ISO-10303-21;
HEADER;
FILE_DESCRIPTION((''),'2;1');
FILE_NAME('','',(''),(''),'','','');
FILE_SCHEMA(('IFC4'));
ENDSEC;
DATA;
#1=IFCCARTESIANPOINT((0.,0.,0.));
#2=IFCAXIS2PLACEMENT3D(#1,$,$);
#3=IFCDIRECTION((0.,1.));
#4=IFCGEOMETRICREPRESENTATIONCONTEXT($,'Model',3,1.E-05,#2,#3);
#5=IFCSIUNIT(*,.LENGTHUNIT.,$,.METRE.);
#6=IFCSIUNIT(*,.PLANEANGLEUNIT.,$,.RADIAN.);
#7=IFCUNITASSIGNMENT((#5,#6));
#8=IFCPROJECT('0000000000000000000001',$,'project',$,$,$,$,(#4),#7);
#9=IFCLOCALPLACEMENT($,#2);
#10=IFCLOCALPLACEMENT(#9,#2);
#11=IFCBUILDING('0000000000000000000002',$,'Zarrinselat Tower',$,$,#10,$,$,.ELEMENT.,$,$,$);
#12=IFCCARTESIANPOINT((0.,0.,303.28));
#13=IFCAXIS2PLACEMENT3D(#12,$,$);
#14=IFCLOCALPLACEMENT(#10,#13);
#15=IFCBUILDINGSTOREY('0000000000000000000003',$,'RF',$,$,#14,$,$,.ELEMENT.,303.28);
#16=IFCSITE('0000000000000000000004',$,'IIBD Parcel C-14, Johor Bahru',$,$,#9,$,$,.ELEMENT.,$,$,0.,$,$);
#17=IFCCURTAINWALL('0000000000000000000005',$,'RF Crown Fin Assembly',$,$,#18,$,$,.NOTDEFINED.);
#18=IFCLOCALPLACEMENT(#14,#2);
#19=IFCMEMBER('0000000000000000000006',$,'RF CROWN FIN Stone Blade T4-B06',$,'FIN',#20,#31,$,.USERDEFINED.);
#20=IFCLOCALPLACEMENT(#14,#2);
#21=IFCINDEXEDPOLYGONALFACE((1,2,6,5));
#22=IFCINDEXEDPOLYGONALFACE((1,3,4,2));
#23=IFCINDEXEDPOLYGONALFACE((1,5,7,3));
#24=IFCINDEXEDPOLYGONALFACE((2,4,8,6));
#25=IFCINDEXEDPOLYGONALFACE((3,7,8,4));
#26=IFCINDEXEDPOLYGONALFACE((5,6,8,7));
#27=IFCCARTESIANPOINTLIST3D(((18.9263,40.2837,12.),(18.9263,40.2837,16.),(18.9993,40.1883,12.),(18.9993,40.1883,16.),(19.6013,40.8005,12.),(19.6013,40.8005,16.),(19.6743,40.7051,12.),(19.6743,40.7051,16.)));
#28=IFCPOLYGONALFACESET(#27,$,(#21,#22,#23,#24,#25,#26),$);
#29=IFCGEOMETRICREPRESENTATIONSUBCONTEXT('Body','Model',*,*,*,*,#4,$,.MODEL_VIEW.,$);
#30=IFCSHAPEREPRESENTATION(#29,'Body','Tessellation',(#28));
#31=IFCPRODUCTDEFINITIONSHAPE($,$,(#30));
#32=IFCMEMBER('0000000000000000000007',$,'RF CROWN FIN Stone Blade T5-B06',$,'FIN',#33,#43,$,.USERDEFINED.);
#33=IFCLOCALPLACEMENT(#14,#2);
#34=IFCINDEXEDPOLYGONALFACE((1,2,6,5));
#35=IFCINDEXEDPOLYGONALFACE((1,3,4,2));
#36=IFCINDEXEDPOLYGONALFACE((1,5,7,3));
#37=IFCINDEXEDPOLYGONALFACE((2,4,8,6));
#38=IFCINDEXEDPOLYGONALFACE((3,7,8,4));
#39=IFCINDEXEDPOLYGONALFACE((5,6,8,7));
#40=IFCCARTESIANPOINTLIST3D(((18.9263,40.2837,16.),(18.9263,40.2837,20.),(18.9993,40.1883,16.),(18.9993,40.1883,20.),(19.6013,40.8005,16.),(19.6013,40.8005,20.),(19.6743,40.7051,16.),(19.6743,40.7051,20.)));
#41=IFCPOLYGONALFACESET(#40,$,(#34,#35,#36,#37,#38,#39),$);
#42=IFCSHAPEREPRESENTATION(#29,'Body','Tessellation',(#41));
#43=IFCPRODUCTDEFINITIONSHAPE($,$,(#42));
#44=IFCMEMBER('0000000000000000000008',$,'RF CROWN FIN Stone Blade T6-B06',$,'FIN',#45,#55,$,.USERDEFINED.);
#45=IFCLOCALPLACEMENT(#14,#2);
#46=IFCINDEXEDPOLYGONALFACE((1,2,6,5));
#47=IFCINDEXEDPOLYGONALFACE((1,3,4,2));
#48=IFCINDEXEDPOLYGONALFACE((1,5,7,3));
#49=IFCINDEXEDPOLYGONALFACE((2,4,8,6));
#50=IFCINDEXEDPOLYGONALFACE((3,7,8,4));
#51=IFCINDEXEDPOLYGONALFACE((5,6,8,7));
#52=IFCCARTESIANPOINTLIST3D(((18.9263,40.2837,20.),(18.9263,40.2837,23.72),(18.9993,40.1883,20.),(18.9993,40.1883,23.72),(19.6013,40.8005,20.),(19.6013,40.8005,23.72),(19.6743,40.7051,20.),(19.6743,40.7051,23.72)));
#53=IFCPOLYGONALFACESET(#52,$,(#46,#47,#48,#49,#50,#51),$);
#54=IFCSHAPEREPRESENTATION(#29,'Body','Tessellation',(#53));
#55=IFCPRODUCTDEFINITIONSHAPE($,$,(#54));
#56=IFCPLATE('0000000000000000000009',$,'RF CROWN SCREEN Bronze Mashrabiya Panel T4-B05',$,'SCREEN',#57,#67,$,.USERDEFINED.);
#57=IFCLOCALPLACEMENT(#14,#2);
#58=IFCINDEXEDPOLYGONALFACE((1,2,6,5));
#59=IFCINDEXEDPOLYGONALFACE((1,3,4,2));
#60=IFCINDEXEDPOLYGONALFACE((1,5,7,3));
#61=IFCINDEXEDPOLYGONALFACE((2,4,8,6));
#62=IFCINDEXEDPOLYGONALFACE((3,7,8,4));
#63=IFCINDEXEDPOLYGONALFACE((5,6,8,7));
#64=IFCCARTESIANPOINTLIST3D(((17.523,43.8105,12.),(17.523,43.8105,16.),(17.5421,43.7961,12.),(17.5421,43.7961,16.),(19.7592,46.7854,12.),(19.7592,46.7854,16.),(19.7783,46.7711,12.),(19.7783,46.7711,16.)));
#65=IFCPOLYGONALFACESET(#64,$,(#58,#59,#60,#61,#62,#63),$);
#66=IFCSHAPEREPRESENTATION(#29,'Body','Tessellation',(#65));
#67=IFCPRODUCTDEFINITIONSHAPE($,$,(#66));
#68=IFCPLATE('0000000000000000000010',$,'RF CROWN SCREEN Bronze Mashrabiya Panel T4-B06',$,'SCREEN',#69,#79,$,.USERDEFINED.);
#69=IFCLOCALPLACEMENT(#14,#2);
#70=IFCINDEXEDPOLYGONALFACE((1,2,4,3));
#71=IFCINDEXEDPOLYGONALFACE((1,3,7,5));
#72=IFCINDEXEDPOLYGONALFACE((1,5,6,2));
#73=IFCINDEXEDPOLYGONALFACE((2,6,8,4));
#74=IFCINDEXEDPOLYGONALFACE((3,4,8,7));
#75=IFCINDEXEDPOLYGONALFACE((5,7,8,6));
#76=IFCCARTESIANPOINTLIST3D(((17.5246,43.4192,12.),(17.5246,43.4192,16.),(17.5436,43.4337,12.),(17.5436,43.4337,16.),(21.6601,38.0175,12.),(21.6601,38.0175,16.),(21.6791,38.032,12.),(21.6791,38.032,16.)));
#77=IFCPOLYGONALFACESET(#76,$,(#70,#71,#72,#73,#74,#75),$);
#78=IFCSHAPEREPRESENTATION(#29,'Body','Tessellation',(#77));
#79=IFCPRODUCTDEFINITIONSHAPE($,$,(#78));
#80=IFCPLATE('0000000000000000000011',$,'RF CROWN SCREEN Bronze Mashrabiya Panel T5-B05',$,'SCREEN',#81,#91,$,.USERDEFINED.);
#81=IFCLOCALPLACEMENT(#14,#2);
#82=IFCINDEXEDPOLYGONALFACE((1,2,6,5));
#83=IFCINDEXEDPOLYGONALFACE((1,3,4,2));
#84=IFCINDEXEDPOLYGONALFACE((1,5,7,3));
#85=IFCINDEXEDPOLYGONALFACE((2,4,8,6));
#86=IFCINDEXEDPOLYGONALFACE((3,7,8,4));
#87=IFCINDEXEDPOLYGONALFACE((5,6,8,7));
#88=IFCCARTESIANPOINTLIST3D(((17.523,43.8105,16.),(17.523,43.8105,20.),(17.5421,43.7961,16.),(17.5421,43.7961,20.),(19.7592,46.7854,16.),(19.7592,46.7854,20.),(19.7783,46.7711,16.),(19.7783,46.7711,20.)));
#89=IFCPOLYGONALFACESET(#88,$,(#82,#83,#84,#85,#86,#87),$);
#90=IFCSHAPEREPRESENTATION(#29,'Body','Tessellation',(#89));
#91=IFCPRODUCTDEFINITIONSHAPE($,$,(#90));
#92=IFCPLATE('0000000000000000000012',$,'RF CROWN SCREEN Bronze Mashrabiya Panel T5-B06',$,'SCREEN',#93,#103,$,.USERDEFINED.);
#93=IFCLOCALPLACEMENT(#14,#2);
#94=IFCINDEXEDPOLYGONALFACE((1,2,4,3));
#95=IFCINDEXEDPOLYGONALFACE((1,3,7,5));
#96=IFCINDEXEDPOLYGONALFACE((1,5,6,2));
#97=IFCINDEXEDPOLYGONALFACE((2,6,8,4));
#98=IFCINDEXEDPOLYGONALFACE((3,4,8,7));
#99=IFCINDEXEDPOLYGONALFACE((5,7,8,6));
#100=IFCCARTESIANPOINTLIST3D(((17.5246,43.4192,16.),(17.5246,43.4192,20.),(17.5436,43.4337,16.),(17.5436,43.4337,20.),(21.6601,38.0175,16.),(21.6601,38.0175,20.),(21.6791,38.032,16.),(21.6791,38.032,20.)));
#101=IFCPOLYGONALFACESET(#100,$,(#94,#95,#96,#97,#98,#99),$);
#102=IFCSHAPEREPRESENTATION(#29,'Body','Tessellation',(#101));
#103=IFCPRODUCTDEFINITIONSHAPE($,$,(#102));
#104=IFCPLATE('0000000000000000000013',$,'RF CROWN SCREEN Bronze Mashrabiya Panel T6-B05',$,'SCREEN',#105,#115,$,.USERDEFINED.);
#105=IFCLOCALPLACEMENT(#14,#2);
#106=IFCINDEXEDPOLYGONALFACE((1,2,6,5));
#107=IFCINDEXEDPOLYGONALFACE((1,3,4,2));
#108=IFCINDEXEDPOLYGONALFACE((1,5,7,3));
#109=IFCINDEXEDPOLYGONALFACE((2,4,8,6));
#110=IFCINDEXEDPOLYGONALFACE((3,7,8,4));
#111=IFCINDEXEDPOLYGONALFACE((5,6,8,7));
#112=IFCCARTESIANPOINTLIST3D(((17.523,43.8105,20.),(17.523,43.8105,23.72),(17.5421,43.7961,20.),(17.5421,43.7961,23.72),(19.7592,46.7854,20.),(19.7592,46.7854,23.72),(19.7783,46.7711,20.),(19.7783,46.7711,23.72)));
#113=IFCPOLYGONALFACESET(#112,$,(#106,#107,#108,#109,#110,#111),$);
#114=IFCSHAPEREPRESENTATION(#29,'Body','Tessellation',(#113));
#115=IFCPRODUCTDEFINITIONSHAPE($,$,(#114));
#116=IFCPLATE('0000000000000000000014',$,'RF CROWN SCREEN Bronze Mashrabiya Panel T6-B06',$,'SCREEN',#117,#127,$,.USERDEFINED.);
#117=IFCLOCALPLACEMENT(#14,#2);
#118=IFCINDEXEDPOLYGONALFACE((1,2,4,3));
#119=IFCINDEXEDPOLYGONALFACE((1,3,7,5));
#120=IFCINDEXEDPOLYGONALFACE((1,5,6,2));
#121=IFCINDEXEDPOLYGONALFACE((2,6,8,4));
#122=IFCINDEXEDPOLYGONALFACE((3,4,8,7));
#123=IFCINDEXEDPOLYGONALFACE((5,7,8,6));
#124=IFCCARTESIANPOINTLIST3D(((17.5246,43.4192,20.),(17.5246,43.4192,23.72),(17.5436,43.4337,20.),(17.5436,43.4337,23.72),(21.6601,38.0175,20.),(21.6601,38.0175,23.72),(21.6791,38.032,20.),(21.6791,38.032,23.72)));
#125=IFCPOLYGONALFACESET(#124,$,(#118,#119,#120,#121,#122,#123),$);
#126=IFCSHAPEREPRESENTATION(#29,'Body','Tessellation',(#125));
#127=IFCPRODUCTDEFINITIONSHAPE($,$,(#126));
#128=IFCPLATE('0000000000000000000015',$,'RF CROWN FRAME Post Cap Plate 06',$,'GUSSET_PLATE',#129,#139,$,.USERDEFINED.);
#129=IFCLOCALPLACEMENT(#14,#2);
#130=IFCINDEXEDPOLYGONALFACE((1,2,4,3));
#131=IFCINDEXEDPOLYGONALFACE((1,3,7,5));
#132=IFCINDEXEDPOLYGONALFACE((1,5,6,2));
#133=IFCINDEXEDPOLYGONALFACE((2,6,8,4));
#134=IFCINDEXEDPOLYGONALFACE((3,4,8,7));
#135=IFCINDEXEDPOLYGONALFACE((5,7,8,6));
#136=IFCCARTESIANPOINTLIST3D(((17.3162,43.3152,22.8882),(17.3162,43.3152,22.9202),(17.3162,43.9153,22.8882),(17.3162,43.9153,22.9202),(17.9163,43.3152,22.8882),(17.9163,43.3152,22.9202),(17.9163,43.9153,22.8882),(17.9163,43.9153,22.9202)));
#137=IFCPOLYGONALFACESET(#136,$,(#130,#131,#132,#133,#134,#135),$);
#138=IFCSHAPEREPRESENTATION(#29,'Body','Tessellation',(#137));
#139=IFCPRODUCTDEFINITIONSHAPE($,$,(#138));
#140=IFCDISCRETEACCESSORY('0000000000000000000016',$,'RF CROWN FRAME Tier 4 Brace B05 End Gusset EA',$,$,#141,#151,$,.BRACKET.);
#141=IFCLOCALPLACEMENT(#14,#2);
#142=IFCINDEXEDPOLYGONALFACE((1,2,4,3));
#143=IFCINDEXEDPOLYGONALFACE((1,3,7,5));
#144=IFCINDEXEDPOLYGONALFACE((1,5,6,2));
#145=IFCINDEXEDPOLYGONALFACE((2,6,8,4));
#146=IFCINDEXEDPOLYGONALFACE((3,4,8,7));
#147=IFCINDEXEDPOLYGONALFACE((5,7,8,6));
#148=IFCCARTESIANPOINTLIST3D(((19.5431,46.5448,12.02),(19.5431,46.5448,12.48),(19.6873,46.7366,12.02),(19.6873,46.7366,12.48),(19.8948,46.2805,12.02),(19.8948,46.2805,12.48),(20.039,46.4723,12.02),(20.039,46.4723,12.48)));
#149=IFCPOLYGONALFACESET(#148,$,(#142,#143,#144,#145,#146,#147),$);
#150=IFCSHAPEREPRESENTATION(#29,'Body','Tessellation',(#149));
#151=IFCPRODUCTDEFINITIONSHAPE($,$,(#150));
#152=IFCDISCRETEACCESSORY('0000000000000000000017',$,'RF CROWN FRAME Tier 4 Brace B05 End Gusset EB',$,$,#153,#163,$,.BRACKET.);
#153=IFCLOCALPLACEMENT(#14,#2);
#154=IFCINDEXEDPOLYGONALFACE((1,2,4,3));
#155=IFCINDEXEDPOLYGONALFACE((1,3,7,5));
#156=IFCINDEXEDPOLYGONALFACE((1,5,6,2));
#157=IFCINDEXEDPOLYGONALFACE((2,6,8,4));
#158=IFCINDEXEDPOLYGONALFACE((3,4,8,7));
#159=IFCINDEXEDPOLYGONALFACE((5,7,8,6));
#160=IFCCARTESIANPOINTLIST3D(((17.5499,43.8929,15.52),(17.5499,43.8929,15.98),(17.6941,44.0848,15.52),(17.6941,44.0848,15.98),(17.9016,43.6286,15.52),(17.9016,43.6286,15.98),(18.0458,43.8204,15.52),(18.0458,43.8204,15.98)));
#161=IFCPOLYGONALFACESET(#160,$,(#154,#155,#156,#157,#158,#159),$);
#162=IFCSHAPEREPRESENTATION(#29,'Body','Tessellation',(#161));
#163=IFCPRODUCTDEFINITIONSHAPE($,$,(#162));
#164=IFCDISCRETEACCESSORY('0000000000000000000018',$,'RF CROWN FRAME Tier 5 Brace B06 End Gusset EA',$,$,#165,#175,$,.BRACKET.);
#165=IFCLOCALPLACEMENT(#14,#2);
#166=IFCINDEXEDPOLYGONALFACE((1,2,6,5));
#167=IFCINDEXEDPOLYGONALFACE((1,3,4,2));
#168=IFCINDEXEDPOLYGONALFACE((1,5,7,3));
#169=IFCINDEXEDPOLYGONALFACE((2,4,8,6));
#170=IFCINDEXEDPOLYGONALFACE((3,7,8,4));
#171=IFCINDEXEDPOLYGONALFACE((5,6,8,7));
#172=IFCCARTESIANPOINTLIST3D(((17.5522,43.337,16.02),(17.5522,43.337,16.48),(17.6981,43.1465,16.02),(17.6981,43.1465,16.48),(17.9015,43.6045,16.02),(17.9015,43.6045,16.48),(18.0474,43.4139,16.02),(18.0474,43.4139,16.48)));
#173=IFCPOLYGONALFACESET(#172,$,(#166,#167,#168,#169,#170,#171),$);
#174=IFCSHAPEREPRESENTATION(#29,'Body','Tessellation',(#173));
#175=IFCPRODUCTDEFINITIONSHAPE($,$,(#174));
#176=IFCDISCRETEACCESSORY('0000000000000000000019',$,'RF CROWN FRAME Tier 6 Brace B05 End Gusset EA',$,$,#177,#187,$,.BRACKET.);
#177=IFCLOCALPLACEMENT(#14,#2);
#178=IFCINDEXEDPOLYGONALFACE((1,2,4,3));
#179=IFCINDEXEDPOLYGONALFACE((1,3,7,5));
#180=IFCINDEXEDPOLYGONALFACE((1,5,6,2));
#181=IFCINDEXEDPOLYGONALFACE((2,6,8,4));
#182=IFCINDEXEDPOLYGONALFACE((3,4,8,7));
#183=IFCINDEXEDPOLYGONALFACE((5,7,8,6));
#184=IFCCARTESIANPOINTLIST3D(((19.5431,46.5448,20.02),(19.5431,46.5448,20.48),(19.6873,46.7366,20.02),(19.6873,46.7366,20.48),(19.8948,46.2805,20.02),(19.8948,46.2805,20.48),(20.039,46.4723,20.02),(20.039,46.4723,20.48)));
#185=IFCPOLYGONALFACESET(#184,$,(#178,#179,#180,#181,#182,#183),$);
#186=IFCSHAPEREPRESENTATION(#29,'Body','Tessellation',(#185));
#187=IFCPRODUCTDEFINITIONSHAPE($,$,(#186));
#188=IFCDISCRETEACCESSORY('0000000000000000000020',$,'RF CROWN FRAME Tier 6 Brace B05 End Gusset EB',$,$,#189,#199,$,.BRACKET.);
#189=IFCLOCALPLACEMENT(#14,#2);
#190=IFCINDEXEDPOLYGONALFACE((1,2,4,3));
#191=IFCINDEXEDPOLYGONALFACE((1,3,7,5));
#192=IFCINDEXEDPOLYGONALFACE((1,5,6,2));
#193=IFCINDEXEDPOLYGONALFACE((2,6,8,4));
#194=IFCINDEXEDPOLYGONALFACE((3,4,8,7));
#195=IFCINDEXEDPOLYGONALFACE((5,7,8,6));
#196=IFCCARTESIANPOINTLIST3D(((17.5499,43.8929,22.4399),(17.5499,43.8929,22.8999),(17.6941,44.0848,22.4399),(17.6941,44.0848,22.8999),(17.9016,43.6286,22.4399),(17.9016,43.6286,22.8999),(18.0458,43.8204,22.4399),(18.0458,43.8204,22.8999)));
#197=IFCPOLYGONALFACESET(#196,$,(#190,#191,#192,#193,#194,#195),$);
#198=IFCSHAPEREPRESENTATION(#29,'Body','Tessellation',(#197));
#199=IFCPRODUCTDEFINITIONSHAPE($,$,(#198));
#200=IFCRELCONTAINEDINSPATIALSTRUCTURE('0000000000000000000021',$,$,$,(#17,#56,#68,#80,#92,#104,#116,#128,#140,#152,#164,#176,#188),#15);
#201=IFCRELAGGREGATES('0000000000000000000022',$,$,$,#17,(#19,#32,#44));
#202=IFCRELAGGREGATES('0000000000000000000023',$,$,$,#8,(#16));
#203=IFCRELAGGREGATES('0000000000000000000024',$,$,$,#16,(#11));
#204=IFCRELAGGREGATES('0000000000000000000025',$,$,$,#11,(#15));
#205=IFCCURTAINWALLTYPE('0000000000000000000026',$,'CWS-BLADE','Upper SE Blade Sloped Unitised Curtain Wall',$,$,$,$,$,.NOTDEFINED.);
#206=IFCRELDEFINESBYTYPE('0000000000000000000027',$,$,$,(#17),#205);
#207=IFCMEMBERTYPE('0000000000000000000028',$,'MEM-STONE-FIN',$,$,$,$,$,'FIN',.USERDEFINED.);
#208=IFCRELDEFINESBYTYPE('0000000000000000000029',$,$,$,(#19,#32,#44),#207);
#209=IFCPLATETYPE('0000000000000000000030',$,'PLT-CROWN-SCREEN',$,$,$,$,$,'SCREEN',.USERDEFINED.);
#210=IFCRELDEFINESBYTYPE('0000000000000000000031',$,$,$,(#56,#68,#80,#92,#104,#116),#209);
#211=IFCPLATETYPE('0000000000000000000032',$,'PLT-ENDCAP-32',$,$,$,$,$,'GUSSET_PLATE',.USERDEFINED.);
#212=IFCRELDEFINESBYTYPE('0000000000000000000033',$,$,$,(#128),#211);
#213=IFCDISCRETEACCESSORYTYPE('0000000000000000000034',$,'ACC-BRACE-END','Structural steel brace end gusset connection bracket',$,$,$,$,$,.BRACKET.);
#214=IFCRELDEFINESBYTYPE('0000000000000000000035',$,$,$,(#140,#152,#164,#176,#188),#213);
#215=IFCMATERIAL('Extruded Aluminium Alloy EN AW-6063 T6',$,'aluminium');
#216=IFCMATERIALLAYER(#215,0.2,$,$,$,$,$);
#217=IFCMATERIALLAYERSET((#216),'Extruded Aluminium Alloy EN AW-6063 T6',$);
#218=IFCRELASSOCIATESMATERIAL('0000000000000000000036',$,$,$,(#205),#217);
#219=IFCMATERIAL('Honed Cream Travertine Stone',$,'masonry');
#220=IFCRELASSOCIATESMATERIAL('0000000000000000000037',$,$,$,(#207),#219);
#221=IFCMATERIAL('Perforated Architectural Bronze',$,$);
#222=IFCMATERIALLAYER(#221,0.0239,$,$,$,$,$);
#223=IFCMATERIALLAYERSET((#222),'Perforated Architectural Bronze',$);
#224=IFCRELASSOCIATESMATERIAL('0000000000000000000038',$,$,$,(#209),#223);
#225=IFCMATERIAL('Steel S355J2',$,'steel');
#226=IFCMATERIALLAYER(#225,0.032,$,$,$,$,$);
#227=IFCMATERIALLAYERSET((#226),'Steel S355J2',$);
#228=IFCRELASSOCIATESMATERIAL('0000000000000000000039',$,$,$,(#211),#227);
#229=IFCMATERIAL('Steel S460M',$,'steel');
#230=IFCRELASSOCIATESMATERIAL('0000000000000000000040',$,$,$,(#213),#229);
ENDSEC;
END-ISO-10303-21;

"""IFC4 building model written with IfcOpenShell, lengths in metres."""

from ifc_helpers import new_model, si_unit, direction, frame, origin, origin_2d, place, context, subcontext, project, spatial, rectangle, extrude, material, layer, layer_set, material_profile, profile_set, type_object, element, aggregate, save


model = new_model("IFC4")

# Units and contexts
model_context = context("Model", 3, precision=1e-05, world=origin(), true_north=direction((0.0, 1.0)))
body_context = subcontext(model_context, "Body", "Model", "MODEL_VIEW")
ifc_project = project(units=[si_unit("LENGTHUNIT", "METRE"), si_unit("PLANEANGLEUNIT", "RADIAN")], contexts=[model_context])

# Site, building, storey
site_placement = place(None, origin())
site = spatial("IfcSite", under=ifc_project, at=site_placement, Name="IIBD Parcel C-14, Johor Bahru", CompositionType="ELEMENT", RefElevation=0.0)
building_placement = place(site_placement, origin())
building = spatial("IfcBuilding", under=site, at=building_placement, Name="Zarrinselat Tower", CompositionType="ELEMENT")
storey_placement = place(building_placement, frame((0.0, 0.0, 303.28)))
storey = spatial("IfcBuildingStorey", under=building, at=storey_placement, Name="RF", CompositionType="ELEMENT", Elevation=303.28)

# Curtain wall, members
ifc_material_1 = material(Name="Extruded Aluminium Alloy EN AW-6063 T6", Category="aluminium")
ifc_layer_1 = layer(ifc_material_1, 0.2)
ifc_layer_set_1 = layer_set([ifc_layer_1], Name="Extruded Aluminium Alloy EN AW-6063 T6")
curtain_wall_type = type_object("IfcCurtainWallType", Name="CWS-BLADE", Description="Upper SE Blade Sloped Unitised Curtain Wall", PredefinedType="NOTDEFINED", material=ifc_layer_set_1)
curtain_wall_placement = place(storey_placement, origin())
curtain_wall = element("IfcCurtainWall", 1, at=curtain_wall_placement, inside=storey, type_object=curtain_wall_type, Name="RF Crown Fin Assembly", PredefinedType="NOTDEFINED")
ifc_material_2 = material(Name="Honed Cream Travertine Stone", Category="masonry")
ifc_material_profile_1 = material_profile(ifc_material_2, rectangle(XDim=0.1201, YDim=0.8501, at=origin_2d()), Name="FIN 850x120")
ifc_profile_set_1 = profile_set([ifc_material_profile_1], Name="Honed Cream Travertine Stone")
member_type_1 = type_object("IfcMemberType", Name="MEM-STONE-FIN", ElementType="FIN", PredefinedType="USERDEFINED", material=ifc_profile_set_1)
member_1_placement = place(storey_placement, frame((19.3003, 40.4944, 12.0), z_axis=(0.0, 0.0, 1.0), x_axis=(-0.607896, 0.794016, 0.0)))
member_1 = element("IfcMember", 2, at=member_1_placement, type_object=member_type_1, Name="RF CROWN FIN Stone Blade T4-B06", ObjectType="FIN", PredefinedType="USERDEFINED", context=body_context, shape_type="SweptSolid", body=[
    extrude(rectangle(XDim=0.1201, YDim=0.8501, at=origin_2d()), origin(), (0.0, 0.0, 1.0), 4.0),
])
member_2_placement = place(storey_placement, frame((19.3003, 40.4944, 16.0), z_axis=(0.0, 0.0, 1.0), x_axis=(-0.607896, 0.794016, 0.0)))
member_2 = element("IfcMember", 3, at=member_2_placement, type_object=member_type_1, Name="RF CROWN FIN Stone Blade T5-B06", ObjectType="FIN", PredefinedType="USERDEFINED", context=body_context, shape_type="SweptSolid", body=[
    extrude(rectangle(XDim=0.1201, YDim=0.8501, at=origin_2d()), origin(), (0.0, 0.0, 1.0), 4.0),
])
member_3_placement = place(storey_placement, frame((19.3003, 40.4944, 20.0), z_axis=(0.0, 0.0, 1.0), x_axis=(-0.607896, 0.794016, 0.0)))
member_3 = element("IfcMember", 4, at=member_3_placement, type_object=member_type_1, Name="RF CROWN FIN Stone Blade T6-B06", ObjectType="FIN", PredefinedType="USERDEFINED", context=body_context, shape_type="SweptSolid", body=[
    extrude(rectangle(XDim=0.1201, YDim=0.8501, at=origin_2d()), origin(), (0.0, 0.0, 1.0), 3.72),
])
aggregate(curtain_wall, [member_1, member_2, member_3])

# Plates
ifc_material_3 = material(Name="Perforated Architectural Bronze")
ifc_layer_2 = layer(ifc_material_3, 0.0239)
ifc_layer_set_2 = layer_set([ifc_layer_2], Name="Perforated Architectural Bronze")
plate_type_1 = type_object("IfcPlateType", Name="PLT-CROWN-SCREEN", ElementType="SCREEN", PredefinedType="USERDEFINED", material=ifc_layer_set_2)
plate_1_placement = place(storey_placement, frame((18.6506, 45.2908, 12.0), z_axis=(0.0, 0.0, 1.0), x_axis=(-0.600848, -0.799363, 0.0)))
element("IfcPlate", 5, at=plate_1_placement, inside=storey, type_object=plate_type_1, Name="RF CROWN SCREEN Bronze Mashrabiya Panel T4-B05", ObjectType="SCREEN", PredefinedType="USERDEFINED", context=body_context, shape_type="SweptSolid", body=[
    extrude(rectangle(XDim=3.7217, YDim=0.0239, at=origin_2d()), origin(), (0.0, 0.0, 1.0), 4.0),
])
plate_2_placement = place(storey_placement, frame((19.6018, 40.7256, 12.0), z_axis=(0.0, 0.0, 1.0), x_axis=(0.607896, -0.794016, 0.0)))
element("IfcPlate", 6, at=plate_2_placement, inside=storey, type_object=plate_type_1, Name="RF CROWN SCREEN Bronze Mashrabiya Panel T4-B06", ObjectType="SCREEN", PredefinedType="USERDEFINED", context=body_context, shape_type="SweptSolid", body=[
    extrude(rectangle(XDim=6.803, YDim=0.0239, at=origin_2d()), origin(), (0.0, 0.0, 1.0), 4.0),
])
plate_3_placement = place(storey_placement, frame((18.6506, 45.2908, 16.0), z_axis=(0.0, 0.0, 1.0), x_axis=(-0.600848, -0.799363, 0.0)))
element("IfcPlate", 7, at=plate_3_placement, inside=storey, type_object=plate_type_1, Name="RF CROWN SCREEN Bronze Mashrabiya Panel T5-B05", ObjectType="SCREEN", PredefinedType="USERDEFINED", context=body_context, shape_type="SweptSolid", body=[
    extrude(rectangle(XDim=3.7217, YDim=0.0239, at=origin_2d()), origin(), (0.0, 0.0, 1.0), 4.0),
])
plate_4_placement = place(storey_placement, frame((19.6018, 40.7256, 16.0), z_axis=(0.0, 0.0, 1.0), x_axis=(0.607896, -0.794016, 0.0)))
element("IfcPlate", 8, at=plate_4_placement, inside=storey, type_object=plate_type_1, Name="RF CROWN SCREEN Bronze Mashrabiya Panel T5-B06", ObjectType="SCREEN", PredefinedType="USERDEFINED", context=body_context, shape_type="SweptSolid", body=[
    extrude(rectangle(XDim=6.803, YDim=0.0239, at=origin_2d()), origin(), (0.0, 0.0, 1.0), 4.0),
])
plate_5_placement = place(storey_placement, frame((18.6506, 45.2908, 20.0), z_axis=(0.0, 0.0, 1.0), x_axis=(-0.600848, -0.799363, 0.0)))
element("IfcPlate", 9, at=plate_5_placement, inside=storey, type_object=plate_type_1, Name="RF CROWN SCREEN Bronze Mashrabiya Panel T6-B05", ObjectType="SCREEN", PredefinedType="USERDEFINED", context=body_context, shape_type="SweptSolid", body=[
    extrude(rectangle(XDim=3.7217, YDim=0.0239, at=origin_2d()), origin(), (0.0, 0.0, 1.0), 3.72),
])
plate_6_placement = place(storey_placement, frame((19.6018, 40.7256, 20.0), z_axis=(0.0, 0.0, 1.0), x_axis=(0.607896, -0.794016, 0.0)))
element("IfcPlate", 10, at=plate_6_placement, inside=storey, type_object=plate_type_1, Name="RF CROWN SCREEN Bronze Mashrabiya Panel T6-B06", ObjectType="SCREEN", PredefinedType="USERDEFINED", context=body_context, shape_type="SweptSolid", body=[
    extrude(rectangle(XDim=6.803, YDim=0.0239, at=origin_2d()), origin(), (0.0, 0.0, 1.0), 3.72),
])
ifc_material_4 = material(Name="Steel S355J2", Category="steel")
ifc_layer_3 = layer(ifc_material_4, 0.032)
ifc_layer_set_3 = layer_set([ifc_layer_3], Name="Steel S355J2")
plate_type_2 = type_object("IfcPlateType", Name="PLT-ENDCAP-32", ElementType="GUSSET_PLATE", PredefinedType="USERDEFINED", material=ifc_layer_set_3)
plate_7_placement = place(storey_placement, frame((17.6162, 43.6152, 22.8882), z_axis=(0.0, 0.0, 1.0), x_axis=(1.0, 0.0, 0.0)))
element("IfcPlate", 11, at=plate_7_placement, inside=storey, type_object=plate_type_2, Name="RF CROWN FRAME Post Cap Plate 06", ObjectType="GUSSET_PLATE", PredefinedType="USERDEFINED", context=body_context, shape_type="SweptSolid", body=[
    extrude(rectangle(XDim=0.6001, YDim=0.6001, at=origin_2d()), origin(), (0.0, 0.0, 1.0), 0.032),
])

# Discrete accessories
ifc_material_5 = material(Name="Steel S460M", Category="steel")
discrete_accessory_type = type_object("IfcDiscreteAccessoryType", Name="ACC-BRACE-END", Description="Structural steel brace end gusset connection bracket", PredefinedType="BRACKET", material=ifc_material_5)
for number, where, z_axis, x_axis, name in (
    (12, (19.791, 46.5085, 12.02), (0.0, 0.0, 1.0), (-0.600848, -0.799363, 0.0), "RF CROWN FRAME Tier 4 Brace B05 End Gusset EA"),
    (13, (17.7979, 43.8567, 15.52), (0.0, 0.0, 1.0), (-0.600848, -0.799363, 0.0), "RF CROWN FRAME Tier 4 Brace B05 End Gusset EB"),
    (14, (17.7998, 43.3755, 16.02), (0.0, 0.0, 1.0), (0.607896, -0.794016, 0.0), "RF CROWN FRAME Tier 5 Brace B06 End Gusset EA"),
    (15, (19.791, 46.5085, 20.02), (0.0, 0.0, 1.0), (-0.600848, -0.799363, 0.0), "RF CROWN FRAME Tier 6 Brace B05 End Gusset EA"),
    (16, (17.7979, 43.8567, 22.4399), (0.0, 0.0, 1.0), (-0.600848, -0.799363, 0.0), "RF CROWN FRAME Tier 6 Brace B05 End Gusset EB"),
):
    element("IfcDiscreteAccessory", number, at=place(storey_placement, frame(where, z_axis=z_axis, x_axis=x_axis)), inside=storey, type_object=discrete_accessory_type, Name=name, PredefinedType="BRACKET", context=body_context, shape_type="SweptSolid", body=[
        extrude(rectangle(XDim=0.24, YDim=0.4399, at=origin_2d()), origin(), (0.0, 0.0, 1.0), 0.46),
    ])

save(model, "model.ifc")
